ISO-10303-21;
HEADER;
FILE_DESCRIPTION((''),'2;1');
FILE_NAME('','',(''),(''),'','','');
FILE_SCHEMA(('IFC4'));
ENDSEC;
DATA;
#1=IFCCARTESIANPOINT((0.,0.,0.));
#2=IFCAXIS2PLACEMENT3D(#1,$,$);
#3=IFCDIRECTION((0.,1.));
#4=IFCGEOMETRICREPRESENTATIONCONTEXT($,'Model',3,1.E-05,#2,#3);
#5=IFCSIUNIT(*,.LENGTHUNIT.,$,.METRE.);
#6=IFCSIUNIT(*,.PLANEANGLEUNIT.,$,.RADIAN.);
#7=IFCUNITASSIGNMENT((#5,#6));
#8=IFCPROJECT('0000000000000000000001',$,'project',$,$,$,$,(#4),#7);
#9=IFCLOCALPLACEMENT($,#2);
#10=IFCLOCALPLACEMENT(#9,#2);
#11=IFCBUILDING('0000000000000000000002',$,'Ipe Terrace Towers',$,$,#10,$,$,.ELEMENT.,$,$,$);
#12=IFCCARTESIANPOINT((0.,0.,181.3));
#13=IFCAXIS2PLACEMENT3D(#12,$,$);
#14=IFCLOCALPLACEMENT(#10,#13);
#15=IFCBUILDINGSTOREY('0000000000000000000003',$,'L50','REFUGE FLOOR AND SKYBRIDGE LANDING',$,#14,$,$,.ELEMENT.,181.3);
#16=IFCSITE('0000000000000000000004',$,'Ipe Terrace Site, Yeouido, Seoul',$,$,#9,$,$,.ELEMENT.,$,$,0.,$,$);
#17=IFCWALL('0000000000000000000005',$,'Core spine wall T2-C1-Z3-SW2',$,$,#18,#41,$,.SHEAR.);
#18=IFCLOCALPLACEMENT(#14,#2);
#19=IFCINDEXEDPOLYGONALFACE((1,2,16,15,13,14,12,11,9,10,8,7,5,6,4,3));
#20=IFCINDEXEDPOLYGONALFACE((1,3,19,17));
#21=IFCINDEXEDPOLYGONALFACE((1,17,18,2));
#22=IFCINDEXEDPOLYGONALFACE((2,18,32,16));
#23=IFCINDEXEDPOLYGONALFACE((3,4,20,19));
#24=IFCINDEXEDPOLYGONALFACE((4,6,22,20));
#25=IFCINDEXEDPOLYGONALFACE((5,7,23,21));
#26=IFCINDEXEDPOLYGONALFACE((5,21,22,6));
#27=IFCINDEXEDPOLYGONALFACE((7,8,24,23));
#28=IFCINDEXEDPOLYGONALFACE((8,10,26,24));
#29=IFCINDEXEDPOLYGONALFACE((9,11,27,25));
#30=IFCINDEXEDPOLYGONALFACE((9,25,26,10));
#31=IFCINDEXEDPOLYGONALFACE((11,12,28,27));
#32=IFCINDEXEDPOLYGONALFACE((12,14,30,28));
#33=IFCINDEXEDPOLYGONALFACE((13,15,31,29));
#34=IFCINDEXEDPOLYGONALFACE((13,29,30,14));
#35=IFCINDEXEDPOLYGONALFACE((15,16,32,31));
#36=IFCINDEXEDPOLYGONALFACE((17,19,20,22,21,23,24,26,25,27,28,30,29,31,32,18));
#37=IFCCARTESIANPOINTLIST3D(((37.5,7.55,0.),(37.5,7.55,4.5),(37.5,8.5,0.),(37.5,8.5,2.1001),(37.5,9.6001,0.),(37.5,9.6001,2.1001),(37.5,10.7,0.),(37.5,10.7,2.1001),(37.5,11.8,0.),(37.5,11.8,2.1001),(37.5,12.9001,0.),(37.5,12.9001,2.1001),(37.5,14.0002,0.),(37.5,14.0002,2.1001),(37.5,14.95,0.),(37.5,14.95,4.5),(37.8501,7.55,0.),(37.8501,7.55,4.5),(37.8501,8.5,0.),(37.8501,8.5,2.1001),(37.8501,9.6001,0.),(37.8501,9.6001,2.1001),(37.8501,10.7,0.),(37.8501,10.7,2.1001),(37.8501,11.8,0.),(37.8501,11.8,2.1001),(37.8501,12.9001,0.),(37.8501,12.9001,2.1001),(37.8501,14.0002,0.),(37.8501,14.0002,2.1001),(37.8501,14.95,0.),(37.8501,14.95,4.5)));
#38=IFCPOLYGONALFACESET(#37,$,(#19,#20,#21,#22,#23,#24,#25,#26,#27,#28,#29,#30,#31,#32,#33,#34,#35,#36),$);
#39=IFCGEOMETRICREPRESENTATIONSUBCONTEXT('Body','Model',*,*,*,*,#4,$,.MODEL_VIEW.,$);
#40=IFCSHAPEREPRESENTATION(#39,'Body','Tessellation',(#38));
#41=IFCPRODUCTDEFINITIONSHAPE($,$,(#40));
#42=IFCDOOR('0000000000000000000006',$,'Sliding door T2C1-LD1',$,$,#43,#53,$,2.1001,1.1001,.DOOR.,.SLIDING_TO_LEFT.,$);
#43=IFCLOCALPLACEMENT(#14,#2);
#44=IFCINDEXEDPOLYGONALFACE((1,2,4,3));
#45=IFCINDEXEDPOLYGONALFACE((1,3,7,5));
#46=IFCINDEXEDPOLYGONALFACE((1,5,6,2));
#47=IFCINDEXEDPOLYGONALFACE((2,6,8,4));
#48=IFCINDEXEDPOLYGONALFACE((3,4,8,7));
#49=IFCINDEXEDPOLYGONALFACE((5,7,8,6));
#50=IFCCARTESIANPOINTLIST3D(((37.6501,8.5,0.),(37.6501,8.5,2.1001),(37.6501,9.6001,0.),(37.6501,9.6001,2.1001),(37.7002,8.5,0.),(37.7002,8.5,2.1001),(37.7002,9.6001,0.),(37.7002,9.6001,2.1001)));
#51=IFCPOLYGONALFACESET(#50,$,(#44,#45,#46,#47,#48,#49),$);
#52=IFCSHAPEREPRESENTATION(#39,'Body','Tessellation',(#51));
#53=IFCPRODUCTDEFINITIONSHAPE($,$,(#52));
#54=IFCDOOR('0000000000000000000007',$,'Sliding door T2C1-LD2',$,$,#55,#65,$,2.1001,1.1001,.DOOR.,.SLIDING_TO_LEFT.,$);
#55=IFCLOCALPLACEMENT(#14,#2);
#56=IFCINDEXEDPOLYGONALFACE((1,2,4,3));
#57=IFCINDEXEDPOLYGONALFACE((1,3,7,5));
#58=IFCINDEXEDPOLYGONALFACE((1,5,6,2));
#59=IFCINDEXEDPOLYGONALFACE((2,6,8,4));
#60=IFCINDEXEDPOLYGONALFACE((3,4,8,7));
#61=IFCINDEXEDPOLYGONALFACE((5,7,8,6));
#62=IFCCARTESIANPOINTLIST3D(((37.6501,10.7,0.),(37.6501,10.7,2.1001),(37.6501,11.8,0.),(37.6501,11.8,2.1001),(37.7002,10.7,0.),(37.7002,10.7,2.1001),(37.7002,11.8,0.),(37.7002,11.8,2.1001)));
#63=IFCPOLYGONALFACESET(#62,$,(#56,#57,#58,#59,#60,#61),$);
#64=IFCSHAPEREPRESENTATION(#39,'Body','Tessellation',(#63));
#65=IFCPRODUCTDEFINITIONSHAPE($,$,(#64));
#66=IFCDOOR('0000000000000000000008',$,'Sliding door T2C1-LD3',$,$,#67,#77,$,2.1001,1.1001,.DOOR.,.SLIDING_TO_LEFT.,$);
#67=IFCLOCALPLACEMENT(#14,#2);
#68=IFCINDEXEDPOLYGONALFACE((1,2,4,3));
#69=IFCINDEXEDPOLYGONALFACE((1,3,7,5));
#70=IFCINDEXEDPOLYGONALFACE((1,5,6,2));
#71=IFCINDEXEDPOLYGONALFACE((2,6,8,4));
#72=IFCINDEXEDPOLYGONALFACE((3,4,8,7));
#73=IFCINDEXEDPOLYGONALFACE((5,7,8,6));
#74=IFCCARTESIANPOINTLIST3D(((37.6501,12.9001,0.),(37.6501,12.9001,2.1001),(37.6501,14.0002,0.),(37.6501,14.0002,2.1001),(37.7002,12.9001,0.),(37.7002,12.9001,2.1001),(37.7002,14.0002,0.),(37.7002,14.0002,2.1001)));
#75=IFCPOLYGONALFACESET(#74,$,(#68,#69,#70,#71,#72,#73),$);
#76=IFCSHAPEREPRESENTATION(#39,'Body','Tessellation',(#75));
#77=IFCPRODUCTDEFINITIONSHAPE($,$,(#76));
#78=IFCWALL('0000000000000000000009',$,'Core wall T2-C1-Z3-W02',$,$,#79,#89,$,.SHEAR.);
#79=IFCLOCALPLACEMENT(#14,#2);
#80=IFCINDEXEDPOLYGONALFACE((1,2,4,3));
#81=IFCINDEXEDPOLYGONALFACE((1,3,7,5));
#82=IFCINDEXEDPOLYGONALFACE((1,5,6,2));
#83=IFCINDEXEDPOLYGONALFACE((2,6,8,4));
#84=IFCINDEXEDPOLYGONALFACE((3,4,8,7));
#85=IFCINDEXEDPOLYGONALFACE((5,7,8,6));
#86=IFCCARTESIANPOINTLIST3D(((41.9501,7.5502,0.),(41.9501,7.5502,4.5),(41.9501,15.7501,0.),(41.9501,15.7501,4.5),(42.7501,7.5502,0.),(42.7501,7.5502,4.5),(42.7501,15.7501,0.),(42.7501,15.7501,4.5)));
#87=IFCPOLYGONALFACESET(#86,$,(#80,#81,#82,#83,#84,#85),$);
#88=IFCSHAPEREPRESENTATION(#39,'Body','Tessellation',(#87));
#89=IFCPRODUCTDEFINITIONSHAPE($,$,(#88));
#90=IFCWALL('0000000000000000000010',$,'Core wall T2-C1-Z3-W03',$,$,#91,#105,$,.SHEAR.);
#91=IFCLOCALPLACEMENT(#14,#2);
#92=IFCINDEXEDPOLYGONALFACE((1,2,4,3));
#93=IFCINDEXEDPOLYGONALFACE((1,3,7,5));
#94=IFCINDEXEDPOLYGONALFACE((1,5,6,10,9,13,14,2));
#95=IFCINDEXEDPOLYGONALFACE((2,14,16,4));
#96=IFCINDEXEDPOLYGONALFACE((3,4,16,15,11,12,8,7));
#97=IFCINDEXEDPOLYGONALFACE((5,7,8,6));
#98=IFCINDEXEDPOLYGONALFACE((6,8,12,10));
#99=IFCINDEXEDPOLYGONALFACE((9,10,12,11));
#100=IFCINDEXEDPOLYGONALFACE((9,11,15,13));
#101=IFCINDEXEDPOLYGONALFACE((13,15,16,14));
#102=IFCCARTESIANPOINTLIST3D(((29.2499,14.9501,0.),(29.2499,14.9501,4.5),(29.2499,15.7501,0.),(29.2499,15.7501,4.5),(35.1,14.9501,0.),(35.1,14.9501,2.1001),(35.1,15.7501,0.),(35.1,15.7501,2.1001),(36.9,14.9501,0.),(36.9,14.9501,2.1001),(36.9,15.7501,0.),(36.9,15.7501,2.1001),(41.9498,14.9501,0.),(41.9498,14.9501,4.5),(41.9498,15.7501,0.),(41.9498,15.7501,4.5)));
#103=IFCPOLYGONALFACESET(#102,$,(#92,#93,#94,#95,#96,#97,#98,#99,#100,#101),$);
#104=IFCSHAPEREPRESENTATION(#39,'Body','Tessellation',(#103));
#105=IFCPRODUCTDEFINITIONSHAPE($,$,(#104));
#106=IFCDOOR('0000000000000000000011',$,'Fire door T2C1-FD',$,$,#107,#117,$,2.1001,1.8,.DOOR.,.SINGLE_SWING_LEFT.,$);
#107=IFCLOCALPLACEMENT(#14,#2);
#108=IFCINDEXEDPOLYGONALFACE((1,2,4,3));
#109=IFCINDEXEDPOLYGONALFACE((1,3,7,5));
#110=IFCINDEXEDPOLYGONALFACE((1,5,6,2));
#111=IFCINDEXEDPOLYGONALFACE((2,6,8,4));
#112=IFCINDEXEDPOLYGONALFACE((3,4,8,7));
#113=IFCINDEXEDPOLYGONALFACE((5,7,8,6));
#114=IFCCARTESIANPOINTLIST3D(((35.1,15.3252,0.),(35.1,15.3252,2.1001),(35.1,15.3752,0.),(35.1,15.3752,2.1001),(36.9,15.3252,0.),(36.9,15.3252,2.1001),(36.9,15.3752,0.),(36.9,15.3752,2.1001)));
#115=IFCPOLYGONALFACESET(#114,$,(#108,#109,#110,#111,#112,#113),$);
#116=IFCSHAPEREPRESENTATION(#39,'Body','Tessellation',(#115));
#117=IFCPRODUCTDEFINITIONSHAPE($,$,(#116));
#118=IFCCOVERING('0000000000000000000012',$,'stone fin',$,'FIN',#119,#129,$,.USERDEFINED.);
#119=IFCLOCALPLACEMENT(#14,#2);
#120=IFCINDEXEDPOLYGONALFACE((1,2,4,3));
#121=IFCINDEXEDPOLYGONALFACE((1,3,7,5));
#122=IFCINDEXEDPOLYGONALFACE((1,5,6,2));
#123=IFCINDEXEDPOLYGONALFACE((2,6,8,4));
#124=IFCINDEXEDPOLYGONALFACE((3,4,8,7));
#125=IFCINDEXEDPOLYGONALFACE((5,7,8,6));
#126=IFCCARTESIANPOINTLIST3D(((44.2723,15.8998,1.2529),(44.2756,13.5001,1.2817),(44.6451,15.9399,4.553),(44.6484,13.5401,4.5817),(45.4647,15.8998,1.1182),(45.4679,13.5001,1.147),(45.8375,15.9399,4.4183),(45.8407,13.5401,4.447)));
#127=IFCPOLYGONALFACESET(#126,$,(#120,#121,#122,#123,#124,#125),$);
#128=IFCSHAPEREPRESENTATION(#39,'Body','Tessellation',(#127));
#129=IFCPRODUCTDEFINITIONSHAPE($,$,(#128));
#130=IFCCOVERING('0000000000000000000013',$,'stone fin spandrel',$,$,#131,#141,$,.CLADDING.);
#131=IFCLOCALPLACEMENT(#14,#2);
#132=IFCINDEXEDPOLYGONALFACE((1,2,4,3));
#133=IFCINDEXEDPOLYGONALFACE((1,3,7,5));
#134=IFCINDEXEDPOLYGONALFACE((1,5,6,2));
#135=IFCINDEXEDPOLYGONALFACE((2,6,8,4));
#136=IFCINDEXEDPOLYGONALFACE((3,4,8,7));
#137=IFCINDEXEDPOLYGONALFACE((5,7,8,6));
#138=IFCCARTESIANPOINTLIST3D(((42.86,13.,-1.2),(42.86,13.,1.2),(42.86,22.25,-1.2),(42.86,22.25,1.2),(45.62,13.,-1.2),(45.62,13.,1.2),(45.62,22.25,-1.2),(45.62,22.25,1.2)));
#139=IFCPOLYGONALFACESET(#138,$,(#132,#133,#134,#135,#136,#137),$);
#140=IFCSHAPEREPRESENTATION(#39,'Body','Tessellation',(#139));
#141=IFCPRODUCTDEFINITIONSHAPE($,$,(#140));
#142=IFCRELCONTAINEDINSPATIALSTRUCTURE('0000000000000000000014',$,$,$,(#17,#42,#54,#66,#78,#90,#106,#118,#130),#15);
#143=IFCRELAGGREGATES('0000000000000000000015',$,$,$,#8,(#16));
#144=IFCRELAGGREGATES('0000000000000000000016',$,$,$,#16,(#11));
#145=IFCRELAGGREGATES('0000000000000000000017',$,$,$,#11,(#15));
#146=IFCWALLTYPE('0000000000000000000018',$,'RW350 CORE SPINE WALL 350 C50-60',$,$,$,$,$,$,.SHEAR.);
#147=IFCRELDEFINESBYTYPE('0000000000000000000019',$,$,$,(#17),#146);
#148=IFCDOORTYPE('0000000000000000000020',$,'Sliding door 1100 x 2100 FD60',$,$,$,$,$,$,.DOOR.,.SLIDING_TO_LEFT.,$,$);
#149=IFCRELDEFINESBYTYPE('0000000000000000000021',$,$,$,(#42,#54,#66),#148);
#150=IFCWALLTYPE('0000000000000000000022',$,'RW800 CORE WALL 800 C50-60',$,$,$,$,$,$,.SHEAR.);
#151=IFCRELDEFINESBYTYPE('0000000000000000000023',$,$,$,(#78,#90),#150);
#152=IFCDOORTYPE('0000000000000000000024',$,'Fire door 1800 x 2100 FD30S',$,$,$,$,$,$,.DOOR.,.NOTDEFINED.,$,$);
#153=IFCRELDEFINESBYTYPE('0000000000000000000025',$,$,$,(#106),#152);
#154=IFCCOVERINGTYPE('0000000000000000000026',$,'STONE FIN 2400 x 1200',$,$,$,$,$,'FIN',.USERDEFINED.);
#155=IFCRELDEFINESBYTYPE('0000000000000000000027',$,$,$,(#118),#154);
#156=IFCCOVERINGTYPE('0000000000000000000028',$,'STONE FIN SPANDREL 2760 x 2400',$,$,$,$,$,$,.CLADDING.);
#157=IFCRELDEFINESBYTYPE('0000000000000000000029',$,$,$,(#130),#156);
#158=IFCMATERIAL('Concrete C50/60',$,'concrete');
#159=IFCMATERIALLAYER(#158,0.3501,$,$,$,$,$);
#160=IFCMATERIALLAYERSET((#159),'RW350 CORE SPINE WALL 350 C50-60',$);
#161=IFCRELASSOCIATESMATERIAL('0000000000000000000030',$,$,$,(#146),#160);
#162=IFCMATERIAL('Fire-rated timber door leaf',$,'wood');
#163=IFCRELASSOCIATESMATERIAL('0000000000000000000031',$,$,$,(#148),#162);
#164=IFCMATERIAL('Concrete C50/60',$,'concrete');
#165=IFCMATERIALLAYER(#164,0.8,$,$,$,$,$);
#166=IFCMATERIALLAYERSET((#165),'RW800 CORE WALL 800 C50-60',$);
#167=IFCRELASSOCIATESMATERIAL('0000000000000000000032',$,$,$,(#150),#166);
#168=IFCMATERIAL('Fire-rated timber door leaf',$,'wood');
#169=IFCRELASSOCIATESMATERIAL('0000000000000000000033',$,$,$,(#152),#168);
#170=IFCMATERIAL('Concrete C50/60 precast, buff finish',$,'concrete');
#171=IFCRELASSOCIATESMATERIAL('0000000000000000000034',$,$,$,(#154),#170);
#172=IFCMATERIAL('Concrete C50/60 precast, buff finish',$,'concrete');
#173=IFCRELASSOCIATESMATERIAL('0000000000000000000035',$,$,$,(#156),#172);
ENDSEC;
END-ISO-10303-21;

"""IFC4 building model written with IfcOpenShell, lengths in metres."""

from ifc_helpers import new_model, si_unit, direction, frame, frame_2d, origin, origin_2d, place, context, subcontext, project, spatial, rectangle, extrude, material, layer, layer_set, material_profile, profile_set, type_object, element, fill, save


model = new_model("IFC4")

# Units and contexts
model_context = context("Model", 3, precision=1e-05, world=origin(), true_north=direction((0.0, 1.0)))
body_context = subcontext(model_context, "Body", "Model", "MODEL_VIEW")
ifc_project = project(units=[si_unit("LENGTHUNIT", "METRE"), si_unit("PLANEANGLEUNIT", "RADIAN")], contexts=[model_context])

# Site, building, storey
site_placement = place(None, origin())
site = spatial("IfcSite", under=ifc_project, at=site_placement, Name="Ipe Terrace Site, Yeouido, Seoul", CompositionType="ELEMENT", RefElevation=0.0)
building_placement = place(site_placement, origin())
building = spatial("IfcBuilding", under=site, at=building_placement, Name="Ipe Terrace Towers", CompositionType="ELEMENT")
storey_placement = place(building_placement, frame((0.0, 0.0, 181.3)))
storey = spatial("IfcBuildingStorey", under=building, at=storey_placement, Name="L50", Description="REFUGE FLOOR AND SKYBRIDGE LANDING", CompositionType="ELEMENT", Elevation=181.3)

# Wall, openings, doors
ifc_material_1 = material(Name="Concrete C50/60", Category="concrete")
ifc_layer_1 = layer(ifc_material_1, 0.3501)
ifc_layer_set_1 = layer_set([ifc_layer_1], Name="RW350 CORE SPINE WALL 350 C50-60")
wall_type_1 = type_object("IfcWallType", Name="RW350 CORE SPINE WALL 350 C50-60", PredefinedType="SHEAR", material=ifc_layer_set_1)
wall_1_placement = place(storey_placement, frame((37.675, 7.55, 0.0), z_axis=(0.0, 0.0, 1.0), x_axis=(0.0, 1.0, 0.0)))
wall_1 = element("IfcWall", 1, at=wall_1_placement, inside=storey, type_object=wall_type_1, Name="Core spine wall T2-C1-Z3-SW2", PredefinedType="SHEAR", context=body_context, shape_type="SweptSolid", body=[
    extrude(rectangle(XDim=7.3999, YDim=0.3501, at=frame_2d((3.7, 0.0))), origin(), (0.0, 0.0, 1.0), 4.5),
])
opening_1_placement = place(wall_1_placement, frame((0.95, 0.0, 0.0)))
opening_1 = element("IfcOpeningElement", 2, at=opening_1_placement, cuts=wall_1, PredefinedType="OPENING", context=body_context, shape_type="SweptSolid", body=[
    extrude(rectangle(XDim=1.1001, YDim=2.1001, at=frame_2d((0.55, 1.05))), frame((0.0, 0.1851, 0.0), z_axis=(0.0, -1.0, 0.0), x_axis=(1.0, 0.0, 0.0)), (0.0, 0.0, 1.0), 0.3701),
])
opening_2_placement = place(wall_1_placement, frame((3.1499, 0.0, 0.0)))
opening_2 = element("IfcOpeningElement", 3, at=opening_2_placement, cuts=wall_1, PredefinedType="OPENING", context=body_context, shape_type="SweptSolid", body=[
    extrude(rectangle(XDim=1.1001, YDim=2.1001, at=frame_2d((0.55, 1.05))), frame((0.0, 0.1851, 0.0), z_axis=(0.0, -1.0, 0.0), x_axis=(1.0, 0.0, 0.0)), (0.0, 0.0, 1.0), 0.3701),
])
opening_3_placement = place(wall_1_placement, frame((5.3501, 0.0, 0.0)))
opening_3 = element("IfcOpeningElement", 4, at=opening_3_placement, cuts=wall_1, PredefinedType="OPENING", context=body_context, shape_type="SweptSolid", body=[
    extrude(rectangle(XDim=1.1001, YDim=2.1001, at=frame_2d((0.55, 1.05))), frame((0.0, 0.1851, 0.0), z_axis=(0.0, -1.0, 0.0), x_axis=(1.0, 0.0, 0.0)), (0.0, 0.0, 1.0), 0.3701),
])
ifc_material_2 = material(Name="Fire-rated timber door leaf", Category="wood")
door_type_1 = type_object("IfcDoorType", Name="Sliding door 1100 x 2100 FD60", OperationType="SLIDING_TO_LEFT", PredefinedType="DOOR", material=ifc_material_2)
door_1_placement = place(opening_1_placement, origin())
door_1 = element("IfcDoor", 5, at=door_1_placement, inside=storey, type_object=door_type_1, Name="Sliding door T2C1-LD1", OperationType="SLIDING_TO_LEFT", OverallHeight=2.1001, OverallWidth=1.1001, PredefinedType="DOOR", context=body_context, shape_type="SweptSolid", body=[
    extrude(rectangle(XDim=1.1001, YDim=2.1001, at=frame_2d((0.55, 1.05))), frame((0.0, 0.0249, 0.0), z_axis=(0.0, -1.0, 0.0), x_axis=(1.0, 0.0, 0.0)), (0.0, 0.0, 1.0), 0.05),
])
fill(opening_1, door_1)
door_2_placement = place(opening_2_placement, origin())
door_2 = element("IfcDoor", 6, at=door_2_placement, inside=storey, type_object=door_type_1, Name="Sliding door T2C1-LD2", OperationType="SLIDING_TO_LEFT", OverallHeight=2.1001, OverallWidth=1.1001, PredefinedType="DOOR", context=body_context, shape_type="SweptSolid", body=[
    extrude(rectangle(XDim=1.1001, YDim=2.1001, at=frame_2d((0.55, 1.05))), frame((0.0, 0.0249, 0.0), z_axis=(0.0, -1.0, 0.0), x_axis=(1.0, 0.0, 0.0)), (0.0, 0.0, 1.0), 0.05),
])
fill(opening_2, door_2)
door_3_placement = place(opening_3_placement, origin())
door_3 = element("IfcDoor", 7, at=door_3_placement, inside=storey, type_object=door_type_1, Name="Sliding door T2C1-LD3", OperationType="SLIDING_TO_LEFT", OverallHeight=2.1001, OverallWidth=1.1001, PredefinedType="DOOR", context=body_context, shape_type="SweptSolid", body=[
    extrude(rectangle(XDim=1.1001, YDim=2.1001, at=frame_2d((0.55, 1.05))), frame((0.0, 0.0249, 0.0), z_axis=(0.0, -1.0, 0.0), x_axis=(1.0, 0.0, 0.0)), (0.0, 0.0, 1.0), 0.05),
])
fill(opening_3, door_3)

# Wall
ifc_material_3 = material(Name="Concrete C50/60", Category="concrete")
ifc_layer_2 = layer(ifc_material_3, 0.8)
ifc_layer_set_2 = layer_set([ifc_layer_2], Name="RW800 CORE WALL 800 C50-60")
wall_type_2 = type_object("IfcWallType", Name="RW800 CORE WALL 800 C50-60", PredefinedType="SHEAR", material=ifc_layer_set_2)
wall_2_placement = place(storey_placement, frame((42.3501, 7.55, 0.0), z_axis=(0.0, 0.0, 1.0), x_axis=(0.0, 1.0, 0.0)))
element("IfcWall", 8, at=wall_2_placement, inside=storey, type_object=wall_type_2, Name="Core wall T2-C1-Z3-W02", PredefinedType="SHEAR", context=body_context, shape_type="SweptSolid", body=[
    extrude(rectangle(XDim=8.2, YDim=0.8, at=frame_2d((4.1001, 0.0))), origin(), (0.0, 0.0, 1.0), 4.5),
])

# Wall, opening, door
wall_3_placement = place(storey_placement, frame((41.95, 15.3501, 0.0), z_axis=(0.0, 0.0, 1.0), x_axis=(-1.0, 0.0, 0.0)))
wall_3 = element("IfcWall", 9, at=wall_3_placement, inside=storey, type_object=wall_type_2, Name="Core wall T2-C1-Z3-W03", PredefinedType="SHEAR", context=body_context, shape_type="SweptSolid", body=[
    extrude(rectangle(XDim=12.7, YDim=0.8, at=frame_2d((6.3501, 0.0))), origin(), (0.0, 0.0, 1.0), 4.5),
])
opening_4_placement = place(wall_3_placement, frame((5.05, 0.0, 0.0)))
opening_4 = element("IfcOpeningElement", 10, at=opening_4_placement, cuts=wall_3, PredefinedType="OPENING", context=body_context, shape_type="SweptSolid", body=[
    extrude(rectangle(XDim=1.8, YDim=2.1001, at=frame_2d((0.8999, 1.05))), frame((0.0, 0.4102, 0.0), z_axis=(0.0, -1.0, 0.0), x_axis=(1.0, 0.0, 0.0)), (0.0, 0.0, 1.0), 0.8201),
])
ifc_material_4 = material(Name="Fire-rated timber door leaf", Category="wood")
door_type_2 = type_object("IfcDoorType", Name="Fire door 1800 x 2100 FD30S", OperationType="NOTDEFINED", PredefinedType="DOOR", material=ifc_material_4)
door_4_placement = place(opening_4_placement, origin())
door_4 = element("IfcDoor", 11, at=door_4_placement, inside=storey, type_object=door_type_2, Name="Fire door T2C1-FD", OperationType="SINGLE_SWING_LEFT", OverallHeight=2.1001, OverallWidth=1.8, PredefinedType="DOOR", context=body_context, shape_type="SweptSolid", body=[
    extrude(rectangle(XDim=1.8, YDim=2.1001, at=frame_2d((0.8999, 1.05))), frame((0.0, 0.0249, 0.0), z_axis=(0.0, -1.0, 0.0), x_axis=(1.0, 0.0, 0.0)), (0.0, 0.0, 1.0), 0.05),
])
fill(opening_4, door_4)

# Coverings
ifc_material_5 = material(Name="Concrete C50/60 precast, buff finish", Category="concrete")
ifc_material_profile_1 = material_profile(ifc_material_5, rectangle(XDim=2.3999, YDim=1.2, at=origin_2d()), Name="STONE FIN 2400 x 1200")
ifc_profile_set_1 = profile_set([ifc_material_profile_1], Name="Concrete C50/60 precast, buff finish")
covering_type_1 = type_object("IfcCoveringType", Name="STONE FIN 2400 x 1200", ElementType="FIN", PredefinedType="USERDEFINED", material=ifc_profile_set_1)
covering_1_placement = place(storey_placement, frame((44.8701, 14.7, 1.2), z_axis=(0.112247, 0.012055, 0.993607), x_axis=(-0.001353, 0.999927, -0.011979)))
element("IfcCovering", 12, at=covering_1_placement, inside=storey, type_object=covering_type_1, Name="stone fin", ObjectType="FIN", PredefinedType="USERDEFINED", context=body_context, shape_type="SweptSolid", body=[
    extrude(rectangle(XDim=2.3999, YDim=1.2, at=origin_2d()), origin(), (0.0, 0.0, 1.0), 3.3213),
])
ifc_material_6 = material(Name="Concrete C50/60 precast, buff finish", Category="concrete")
ifc_material_profile_2 = material_profile(ifc_material_6, rectangle(XDim=2.76, YDim=2.3999, at=origin_2d()), Name="STONE FIN SPANDREL 2760 x 2400")
ifc_profile_set_2 = profile_set([ifc_material_profile_2], Name="Concrete C50/60 precast, buff finish")
covering_type_2 = type_object("IfcCoveringType", Name="STONE FIN SPANDREL 2760 x 2400", PredefinedType="CLADDING", material=ifc_profile_set_2)
covering_2_placement = place(storey_placement, frame((44.24, 13.0, 0.0), z_axis=(0.0, 1.0, 0.0), x_axis=(1.0, 0.0, 0.0)))
element("IfcCovering", 13, at=covering_2_placement, inside=storey, type_object=covering_type_2, Name="stone fin spandrel", PredefinedType="CLADDING", context=body_context, shape_type="SweptSolid", body=[
    extrude(rectangle(XDim=2.76, YDim=2.3999, at=origin_2d()), origin(), (0.0, 0.0, 1.0), 9.25),
])

save(model, "model.ifc")
